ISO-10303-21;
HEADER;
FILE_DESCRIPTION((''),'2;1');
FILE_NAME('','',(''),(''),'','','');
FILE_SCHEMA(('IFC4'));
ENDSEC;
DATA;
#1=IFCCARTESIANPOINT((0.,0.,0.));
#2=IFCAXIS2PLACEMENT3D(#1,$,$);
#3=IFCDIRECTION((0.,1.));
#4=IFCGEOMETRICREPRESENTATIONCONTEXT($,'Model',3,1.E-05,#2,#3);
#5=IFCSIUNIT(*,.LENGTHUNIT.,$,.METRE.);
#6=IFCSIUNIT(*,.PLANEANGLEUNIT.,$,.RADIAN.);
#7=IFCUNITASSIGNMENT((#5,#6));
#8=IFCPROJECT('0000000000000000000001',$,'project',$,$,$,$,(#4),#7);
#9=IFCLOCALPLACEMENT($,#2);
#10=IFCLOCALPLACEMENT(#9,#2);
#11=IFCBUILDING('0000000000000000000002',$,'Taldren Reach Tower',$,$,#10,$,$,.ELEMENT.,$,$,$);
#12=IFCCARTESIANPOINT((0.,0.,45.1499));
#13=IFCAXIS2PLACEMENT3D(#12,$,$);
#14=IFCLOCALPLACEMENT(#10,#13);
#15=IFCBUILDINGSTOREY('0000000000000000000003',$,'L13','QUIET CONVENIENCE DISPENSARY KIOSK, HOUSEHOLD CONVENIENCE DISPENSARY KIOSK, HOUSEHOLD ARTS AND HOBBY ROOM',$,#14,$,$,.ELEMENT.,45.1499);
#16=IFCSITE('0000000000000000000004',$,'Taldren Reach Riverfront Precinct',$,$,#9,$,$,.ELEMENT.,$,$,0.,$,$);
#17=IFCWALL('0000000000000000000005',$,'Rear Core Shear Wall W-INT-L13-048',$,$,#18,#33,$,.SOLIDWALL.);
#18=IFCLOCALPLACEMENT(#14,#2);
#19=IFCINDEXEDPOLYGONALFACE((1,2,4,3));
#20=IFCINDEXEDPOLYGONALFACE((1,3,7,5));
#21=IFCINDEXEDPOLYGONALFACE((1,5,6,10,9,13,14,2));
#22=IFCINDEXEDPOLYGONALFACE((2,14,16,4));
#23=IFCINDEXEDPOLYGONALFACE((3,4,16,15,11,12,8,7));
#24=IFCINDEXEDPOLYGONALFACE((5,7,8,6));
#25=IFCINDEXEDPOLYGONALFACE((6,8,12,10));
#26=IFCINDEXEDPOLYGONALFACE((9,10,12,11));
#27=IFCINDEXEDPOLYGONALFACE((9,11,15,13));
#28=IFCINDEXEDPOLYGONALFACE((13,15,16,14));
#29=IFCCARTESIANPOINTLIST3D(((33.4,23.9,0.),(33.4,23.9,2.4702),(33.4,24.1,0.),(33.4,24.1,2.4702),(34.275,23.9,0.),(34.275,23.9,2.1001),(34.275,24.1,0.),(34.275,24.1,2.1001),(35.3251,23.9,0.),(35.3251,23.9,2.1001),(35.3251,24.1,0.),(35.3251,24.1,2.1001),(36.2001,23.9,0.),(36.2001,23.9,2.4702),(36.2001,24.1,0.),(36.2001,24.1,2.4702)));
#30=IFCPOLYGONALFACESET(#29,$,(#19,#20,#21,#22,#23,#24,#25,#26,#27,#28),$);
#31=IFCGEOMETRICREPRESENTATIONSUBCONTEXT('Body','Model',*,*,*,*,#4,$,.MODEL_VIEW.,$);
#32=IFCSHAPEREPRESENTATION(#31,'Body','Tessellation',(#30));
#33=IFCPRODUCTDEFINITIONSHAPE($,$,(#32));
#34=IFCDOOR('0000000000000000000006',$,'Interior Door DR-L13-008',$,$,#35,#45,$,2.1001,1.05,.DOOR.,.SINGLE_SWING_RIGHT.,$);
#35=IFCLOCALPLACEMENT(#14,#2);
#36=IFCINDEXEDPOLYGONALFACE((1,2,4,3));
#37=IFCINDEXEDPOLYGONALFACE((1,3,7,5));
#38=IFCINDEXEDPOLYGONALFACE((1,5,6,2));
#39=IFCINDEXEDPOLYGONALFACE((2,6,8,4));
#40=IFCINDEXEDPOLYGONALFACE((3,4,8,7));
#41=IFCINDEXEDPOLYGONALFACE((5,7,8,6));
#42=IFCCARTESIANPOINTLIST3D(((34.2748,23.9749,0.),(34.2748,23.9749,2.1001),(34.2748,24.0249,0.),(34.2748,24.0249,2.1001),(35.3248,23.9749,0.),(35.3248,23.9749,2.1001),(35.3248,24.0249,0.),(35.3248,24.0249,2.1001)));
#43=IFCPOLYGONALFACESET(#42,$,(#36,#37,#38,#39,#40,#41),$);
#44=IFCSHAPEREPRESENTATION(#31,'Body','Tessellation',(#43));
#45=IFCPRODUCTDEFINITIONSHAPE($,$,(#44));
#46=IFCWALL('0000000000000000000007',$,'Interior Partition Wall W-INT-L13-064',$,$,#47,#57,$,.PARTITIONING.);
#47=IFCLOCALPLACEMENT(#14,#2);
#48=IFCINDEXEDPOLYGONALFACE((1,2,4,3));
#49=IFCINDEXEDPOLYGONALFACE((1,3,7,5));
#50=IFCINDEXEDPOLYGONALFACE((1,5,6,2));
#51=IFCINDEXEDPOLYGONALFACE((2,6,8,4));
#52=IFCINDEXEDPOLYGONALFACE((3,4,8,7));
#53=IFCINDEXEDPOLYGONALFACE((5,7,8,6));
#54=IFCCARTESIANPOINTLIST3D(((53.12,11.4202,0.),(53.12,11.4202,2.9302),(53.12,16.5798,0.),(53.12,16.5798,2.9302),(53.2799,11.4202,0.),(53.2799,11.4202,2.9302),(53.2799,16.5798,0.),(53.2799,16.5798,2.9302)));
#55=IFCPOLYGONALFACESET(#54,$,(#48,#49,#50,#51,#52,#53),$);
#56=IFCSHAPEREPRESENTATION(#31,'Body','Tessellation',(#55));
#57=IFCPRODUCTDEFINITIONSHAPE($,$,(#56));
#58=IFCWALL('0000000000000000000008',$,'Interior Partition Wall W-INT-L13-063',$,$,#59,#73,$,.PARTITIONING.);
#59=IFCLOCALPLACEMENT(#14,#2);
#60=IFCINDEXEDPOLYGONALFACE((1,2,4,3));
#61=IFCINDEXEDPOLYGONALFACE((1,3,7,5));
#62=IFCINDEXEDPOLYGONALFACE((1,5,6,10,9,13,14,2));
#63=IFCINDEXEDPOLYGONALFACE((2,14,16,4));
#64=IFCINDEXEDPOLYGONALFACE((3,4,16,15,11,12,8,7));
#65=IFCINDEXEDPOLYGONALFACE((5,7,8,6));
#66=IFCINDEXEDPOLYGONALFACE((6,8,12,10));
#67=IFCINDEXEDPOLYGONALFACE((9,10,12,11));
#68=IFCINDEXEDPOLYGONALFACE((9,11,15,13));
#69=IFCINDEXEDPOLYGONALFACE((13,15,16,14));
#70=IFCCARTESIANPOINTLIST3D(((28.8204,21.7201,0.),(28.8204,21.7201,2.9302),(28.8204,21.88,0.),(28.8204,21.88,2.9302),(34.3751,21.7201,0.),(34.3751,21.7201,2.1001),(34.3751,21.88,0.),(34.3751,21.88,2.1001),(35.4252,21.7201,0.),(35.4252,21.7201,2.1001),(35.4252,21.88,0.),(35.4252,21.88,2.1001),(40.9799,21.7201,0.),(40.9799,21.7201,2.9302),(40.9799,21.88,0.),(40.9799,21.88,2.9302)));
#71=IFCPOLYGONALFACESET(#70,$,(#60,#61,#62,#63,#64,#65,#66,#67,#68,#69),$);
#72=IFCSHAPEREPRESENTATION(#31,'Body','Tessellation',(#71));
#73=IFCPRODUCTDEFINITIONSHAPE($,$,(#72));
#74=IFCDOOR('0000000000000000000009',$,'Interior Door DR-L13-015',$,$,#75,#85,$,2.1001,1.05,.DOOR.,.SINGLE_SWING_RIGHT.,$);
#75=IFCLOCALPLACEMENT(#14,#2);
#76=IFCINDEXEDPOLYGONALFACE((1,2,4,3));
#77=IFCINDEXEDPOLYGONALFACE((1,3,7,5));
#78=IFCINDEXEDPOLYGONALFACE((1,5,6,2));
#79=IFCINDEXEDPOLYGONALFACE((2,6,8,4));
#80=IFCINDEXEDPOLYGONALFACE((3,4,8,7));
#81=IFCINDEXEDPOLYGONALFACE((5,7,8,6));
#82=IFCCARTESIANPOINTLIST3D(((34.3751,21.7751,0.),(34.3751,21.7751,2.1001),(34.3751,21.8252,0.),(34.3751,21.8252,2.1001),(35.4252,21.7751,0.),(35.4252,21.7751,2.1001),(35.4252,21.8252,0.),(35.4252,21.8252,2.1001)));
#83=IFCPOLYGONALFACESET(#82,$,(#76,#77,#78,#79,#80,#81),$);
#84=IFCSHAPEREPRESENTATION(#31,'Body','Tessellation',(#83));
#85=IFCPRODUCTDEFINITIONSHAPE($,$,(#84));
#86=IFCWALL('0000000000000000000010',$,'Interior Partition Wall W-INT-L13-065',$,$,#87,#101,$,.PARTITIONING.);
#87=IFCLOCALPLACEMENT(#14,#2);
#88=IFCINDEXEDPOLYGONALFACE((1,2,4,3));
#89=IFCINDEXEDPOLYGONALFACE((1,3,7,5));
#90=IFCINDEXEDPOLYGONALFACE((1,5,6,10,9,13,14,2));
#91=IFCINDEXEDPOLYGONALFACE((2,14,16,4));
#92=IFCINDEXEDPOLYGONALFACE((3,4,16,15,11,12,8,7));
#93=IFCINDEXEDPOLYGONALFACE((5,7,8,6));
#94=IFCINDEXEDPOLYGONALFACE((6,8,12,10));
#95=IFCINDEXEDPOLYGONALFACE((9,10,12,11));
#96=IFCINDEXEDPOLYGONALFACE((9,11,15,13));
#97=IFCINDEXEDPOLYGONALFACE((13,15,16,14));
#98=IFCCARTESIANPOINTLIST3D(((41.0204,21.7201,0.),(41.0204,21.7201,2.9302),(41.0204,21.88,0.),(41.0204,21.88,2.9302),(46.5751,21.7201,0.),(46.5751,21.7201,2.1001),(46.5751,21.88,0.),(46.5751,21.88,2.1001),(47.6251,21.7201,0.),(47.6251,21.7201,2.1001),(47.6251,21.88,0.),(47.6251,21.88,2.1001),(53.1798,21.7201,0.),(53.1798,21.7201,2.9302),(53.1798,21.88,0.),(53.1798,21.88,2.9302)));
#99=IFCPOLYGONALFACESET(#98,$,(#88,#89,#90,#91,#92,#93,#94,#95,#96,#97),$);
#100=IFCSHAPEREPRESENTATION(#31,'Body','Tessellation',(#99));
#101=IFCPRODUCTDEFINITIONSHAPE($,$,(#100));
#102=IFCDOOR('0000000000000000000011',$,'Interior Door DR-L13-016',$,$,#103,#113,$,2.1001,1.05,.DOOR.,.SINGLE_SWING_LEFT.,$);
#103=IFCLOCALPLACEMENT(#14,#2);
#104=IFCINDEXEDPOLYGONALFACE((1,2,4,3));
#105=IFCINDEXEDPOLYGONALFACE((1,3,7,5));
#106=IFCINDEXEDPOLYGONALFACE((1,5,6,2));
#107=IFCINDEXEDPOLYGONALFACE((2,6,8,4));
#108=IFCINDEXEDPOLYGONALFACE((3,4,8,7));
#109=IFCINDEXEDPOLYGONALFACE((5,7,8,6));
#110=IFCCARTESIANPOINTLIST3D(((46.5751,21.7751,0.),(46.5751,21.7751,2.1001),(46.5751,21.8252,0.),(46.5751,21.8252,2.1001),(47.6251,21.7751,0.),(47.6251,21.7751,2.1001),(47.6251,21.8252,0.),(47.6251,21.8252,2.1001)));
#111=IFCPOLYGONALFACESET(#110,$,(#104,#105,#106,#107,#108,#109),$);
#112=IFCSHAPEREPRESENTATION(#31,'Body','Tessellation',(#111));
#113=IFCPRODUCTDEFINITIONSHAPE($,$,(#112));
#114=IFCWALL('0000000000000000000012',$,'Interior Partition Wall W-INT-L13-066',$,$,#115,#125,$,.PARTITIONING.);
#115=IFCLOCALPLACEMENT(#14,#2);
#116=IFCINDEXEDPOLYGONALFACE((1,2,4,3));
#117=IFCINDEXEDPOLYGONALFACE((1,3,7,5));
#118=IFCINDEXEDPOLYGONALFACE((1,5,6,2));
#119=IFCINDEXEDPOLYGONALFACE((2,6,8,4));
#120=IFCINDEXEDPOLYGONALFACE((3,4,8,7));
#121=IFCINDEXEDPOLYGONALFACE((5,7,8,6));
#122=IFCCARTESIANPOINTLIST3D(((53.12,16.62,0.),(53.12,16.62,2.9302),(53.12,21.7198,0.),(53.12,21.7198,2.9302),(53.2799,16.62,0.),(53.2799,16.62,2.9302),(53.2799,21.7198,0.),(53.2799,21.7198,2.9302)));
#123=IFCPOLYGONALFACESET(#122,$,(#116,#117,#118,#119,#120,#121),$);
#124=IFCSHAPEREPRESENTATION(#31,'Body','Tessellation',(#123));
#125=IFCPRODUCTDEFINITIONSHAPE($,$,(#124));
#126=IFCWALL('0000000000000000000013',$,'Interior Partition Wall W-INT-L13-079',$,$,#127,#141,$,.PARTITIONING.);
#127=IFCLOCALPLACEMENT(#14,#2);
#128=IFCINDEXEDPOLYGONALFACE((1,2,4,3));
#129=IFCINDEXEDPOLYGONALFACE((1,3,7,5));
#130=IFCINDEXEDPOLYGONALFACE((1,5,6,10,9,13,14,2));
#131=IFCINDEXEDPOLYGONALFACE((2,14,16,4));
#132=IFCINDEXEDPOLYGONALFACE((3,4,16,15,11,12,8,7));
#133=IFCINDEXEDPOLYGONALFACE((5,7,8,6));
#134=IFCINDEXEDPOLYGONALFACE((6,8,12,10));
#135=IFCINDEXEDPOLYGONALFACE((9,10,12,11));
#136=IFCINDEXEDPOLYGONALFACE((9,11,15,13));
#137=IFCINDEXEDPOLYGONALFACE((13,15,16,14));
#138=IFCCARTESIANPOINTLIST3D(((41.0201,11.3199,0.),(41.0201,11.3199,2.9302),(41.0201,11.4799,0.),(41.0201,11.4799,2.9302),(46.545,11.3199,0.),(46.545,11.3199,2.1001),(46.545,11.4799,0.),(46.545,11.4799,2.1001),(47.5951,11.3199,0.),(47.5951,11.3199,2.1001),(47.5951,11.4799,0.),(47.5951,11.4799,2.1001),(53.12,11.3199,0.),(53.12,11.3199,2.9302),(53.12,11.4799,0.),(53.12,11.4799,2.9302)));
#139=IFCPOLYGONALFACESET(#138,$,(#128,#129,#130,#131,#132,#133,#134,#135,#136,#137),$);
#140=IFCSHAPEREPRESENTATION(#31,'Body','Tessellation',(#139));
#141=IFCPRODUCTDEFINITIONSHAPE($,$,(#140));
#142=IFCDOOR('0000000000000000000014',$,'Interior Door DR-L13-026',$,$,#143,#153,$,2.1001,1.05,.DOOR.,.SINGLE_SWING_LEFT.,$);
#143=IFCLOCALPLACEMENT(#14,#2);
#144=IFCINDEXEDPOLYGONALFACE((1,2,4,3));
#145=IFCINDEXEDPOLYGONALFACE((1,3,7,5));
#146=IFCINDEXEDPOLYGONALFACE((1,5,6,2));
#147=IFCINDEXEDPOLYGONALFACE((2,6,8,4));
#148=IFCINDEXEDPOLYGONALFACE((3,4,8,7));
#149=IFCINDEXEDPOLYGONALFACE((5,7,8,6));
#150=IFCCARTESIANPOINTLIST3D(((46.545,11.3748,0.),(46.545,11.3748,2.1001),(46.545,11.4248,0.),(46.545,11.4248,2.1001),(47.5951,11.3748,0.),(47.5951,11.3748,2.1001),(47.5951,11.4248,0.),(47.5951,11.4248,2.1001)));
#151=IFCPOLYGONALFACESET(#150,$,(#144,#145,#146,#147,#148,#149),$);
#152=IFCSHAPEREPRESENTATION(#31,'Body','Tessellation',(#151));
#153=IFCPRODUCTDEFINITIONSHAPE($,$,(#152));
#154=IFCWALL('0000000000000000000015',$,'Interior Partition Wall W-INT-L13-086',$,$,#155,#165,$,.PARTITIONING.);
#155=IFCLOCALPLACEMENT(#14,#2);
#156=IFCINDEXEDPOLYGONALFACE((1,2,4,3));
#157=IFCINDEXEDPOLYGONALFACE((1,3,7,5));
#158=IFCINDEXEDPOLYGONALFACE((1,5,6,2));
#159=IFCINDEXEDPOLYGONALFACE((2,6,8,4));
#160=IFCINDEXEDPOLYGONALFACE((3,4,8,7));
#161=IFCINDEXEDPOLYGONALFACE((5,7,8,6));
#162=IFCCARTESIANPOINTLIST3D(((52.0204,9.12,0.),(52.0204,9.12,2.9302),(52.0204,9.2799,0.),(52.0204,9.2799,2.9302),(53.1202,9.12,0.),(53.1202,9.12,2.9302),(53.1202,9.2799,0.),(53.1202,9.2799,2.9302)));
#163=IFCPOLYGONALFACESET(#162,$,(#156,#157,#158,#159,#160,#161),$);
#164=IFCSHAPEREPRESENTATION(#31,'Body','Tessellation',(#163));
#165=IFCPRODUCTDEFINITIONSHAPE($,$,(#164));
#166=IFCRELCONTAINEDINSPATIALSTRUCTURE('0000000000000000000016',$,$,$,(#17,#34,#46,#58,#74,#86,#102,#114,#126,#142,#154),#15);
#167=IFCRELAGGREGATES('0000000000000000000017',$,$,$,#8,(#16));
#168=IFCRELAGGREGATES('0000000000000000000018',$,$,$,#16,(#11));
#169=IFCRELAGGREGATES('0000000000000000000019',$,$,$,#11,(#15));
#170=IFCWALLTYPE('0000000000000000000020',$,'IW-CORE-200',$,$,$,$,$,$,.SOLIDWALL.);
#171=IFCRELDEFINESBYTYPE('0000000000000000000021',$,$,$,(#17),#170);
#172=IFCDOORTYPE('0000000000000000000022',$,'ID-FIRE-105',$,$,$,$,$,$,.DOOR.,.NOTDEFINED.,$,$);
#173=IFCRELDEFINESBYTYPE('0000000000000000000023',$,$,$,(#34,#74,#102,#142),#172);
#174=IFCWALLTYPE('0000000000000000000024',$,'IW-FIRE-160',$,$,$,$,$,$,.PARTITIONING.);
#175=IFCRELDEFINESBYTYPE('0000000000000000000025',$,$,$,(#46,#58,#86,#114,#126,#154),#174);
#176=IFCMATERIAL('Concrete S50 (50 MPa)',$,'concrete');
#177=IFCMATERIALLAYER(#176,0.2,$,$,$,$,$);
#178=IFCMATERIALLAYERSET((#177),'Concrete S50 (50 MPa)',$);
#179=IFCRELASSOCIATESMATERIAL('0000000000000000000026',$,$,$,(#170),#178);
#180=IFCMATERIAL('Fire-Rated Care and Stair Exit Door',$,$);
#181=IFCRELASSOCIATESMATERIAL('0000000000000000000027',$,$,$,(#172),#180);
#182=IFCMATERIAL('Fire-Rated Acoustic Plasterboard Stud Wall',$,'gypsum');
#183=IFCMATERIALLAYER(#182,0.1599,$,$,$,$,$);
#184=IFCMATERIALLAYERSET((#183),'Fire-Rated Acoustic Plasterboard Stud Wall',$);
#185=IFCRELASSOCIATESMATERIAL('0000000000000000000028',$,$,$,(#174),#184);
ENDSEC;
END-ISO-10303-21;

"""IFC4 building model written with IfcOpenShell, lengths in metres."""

from ifc_helpers import new_model, si_unit, direction, frame, frame_2d, origin, place, context, subcontext, project, spatial, rectangle, extrude, source, transform, mapped, material, layer, layer_set, type_object, element, fill, save


model = new_model("IFC4")

# Units and contexts
model_context = context("Model", 3, precision=1e-05, world=origin(), true_north=direction((0.0, 1.0)))
body_context = subcontext(model_context, "Body", "Model", "MODEL_VIEW")
ifc_project = project(units=[si_unit("LENGTHUNIT", "METRE"), si_unit("PLANEANGLEUNIT", "RADIAN")], contexts=[model_context])

# Site, building, storey
site_placement = place(None, origin())
site = spatial("IfcSite", under=ifc_project, at=site_placement, Name="Taldren Reach Riverfront Precinct", CompositionType="ELEMENT", RefElevation=0.0)
building_placement = place(site_placement, origin())
building = spatial("IfcBuilding", under=site, at=building_placement, Name="Taldren Reach Tower", CompositionType="ELEMENT")
storey_placement = place(building_placement, frame((0.0, 0.0, 45.1499)))
storey = spatial("IfcBuildingStorey", under=building, at=storey_placement, Name="L13", Description="QUIET CONVENIENCE DISPENSARY KIOSK, HOUSEHOLD CONVENIENCE DISPENSARY KIOSK, HOUSEHOLD ARTS AND HOBBY ROOM", CompositionType="ELEMENT", Elevation=45.1499)

# Wall, opening, door
ifc_material_1 = material(Name="Concrete S50 (50 MPa)", Category="concrete")
ifc_layer_1 = layer(ifc_material_1, 0.2)
ifc_layer_set_1 = layer_set([ifc_layer_1], Name="Concrete S50 (50 MPa)")
wall_type_1 = type_object("IfcWallType", Name="IW-CORE-200", PredefinedType="SOLIDWALL", material=ifc_layer_set_1)
shared_shape_1 = source(origin(), body_context, "Body", "SweptSolid", [
    extrude(rectangle(XDim=2.8, YDim=0.2, at=frame_2d((1.3999, 0.0))), origin(), (0.0, 0.0, 1.0), 2.4702),
])
wall_1_placement = place(storey_placement, frame((36.2, 24.0, 0.0), z_axis=(0.0, 0.0, 1.0), x_axis=(-1.0, 0.0, 0.0)))
wall_1 = element("IfcWall", 1, at=wall_1_placement, inside=storey, type_object=wall_type_1, Name="Rear Core Shear Wall W-INT-L13-048", PredefinedType="SOLIDWALL", context=body_context, shape_type="MappedRepresentation", body=[
    mapped(shared_shape_1, transform((0.0, 0.0, 0.0), scale=1.0)),
])
shared_shape_2 = source(origin(), body_context, "Body", "SweptSolid", [
    extrude(rectangle(XDim=1.05, YDim=2.1001, at=frame_2d((0.5249, 1.05))), frame((0.0, 0.1099, 0.0), z_axis=(0.0, -1.0, 0.0), x_axis=(1.0, 0.0, 0.0)), (0.0, 0.0, 1.0), 0.22),
])
opening_1_placement = place(wall_1_placement, frame((0.875, 0.0, 0.0)))
opening_1 = element("IfcOpeningElement", 2, at=opening_1_placement, cuts=wall_1, PredefinedType="OPENING", context=body_context, shape_type="MappedRepresentation", body=[
    mapped(shared_shape_2, transform((0.0, 0.0, 0.0), scale=1.0)),
])
ifc_material_2 = material(Name="Fire-Rated Care and Stair Exit Door")
door_type_1 = type_object("IfcDoorType", Name="ID-FIRE-105", OperationType="NOTDEFINED", PredefinedType="DOOR", material=ifc_material_2)
shared_shape_3 = source(origin(), body_context, "Body", "SweptSolid", [
    extrude(rectangle(XDim=1.05, YDim=2.1001, at=frame_2d((0.5249, 1.05))), frame((0.0, 0.0249, 0.0), z_axis=(0.0, -1.0, 0.0), x_axis=(1.0, 0.0, 0.0)), (0.0, 0.0, 1.0), 0.05),
])
door_1_placement = place(opening_1_placement, frame((1.05, 0.0, 0.0), z_axis=(0.0, 0.0, 1.0), x_axis=(-1.0, 0.0, 0.0)))
door_1 = element("IfcDoor", 3, at=door_1_placement, inside=storey, type_object=door_type_1, Name="Interior Door DR-L13-008", OperationType="SINGLE_SWING_RIGHT", OverallHeight=2.1001, OverallWidth=1.05, PredefinedType="DOOR", context=body_context, shape_type="MappedRepresentation", body=[
    mapped(shared_shape_3, transform((0.0, 0.0, 0.0), scale=1.0)),
])
fill(opening_1, door_1)

# Wall
ifc_material_3 = material(Name="Fire-Rated Acoustic Plasterboard Stud Wall", Category="gypsum")
ifc_layer_2 = layer(ifc_material_3, 0.1599)
ifc_layer_set_2 = layer_set([ifc_layer_2], Name="Fire-Rated Acoustic Plasterboard Stud Wall")
wall_type_2 = type_object("IfcWallType", Name="IW-FIRE-160", PredefinedType="PARTITIONING", material=ifc_layer_set_2)
shared_shape_4 = source(origin(), body_context, "Body", "SweptSolid", [
    extrude(rectangle(XDim=5.1597, YDim=0.1599, at=frame_2d((2.5798, 0.0))), origin(), (0.0, 0.0, 1.0), 2.9302),
])
wall_2_placement = place(storey_placement, frame((53.2, 11.4202, 0.0), z_axis=(0.0, 0.0, 1.0), x_axis=(0.0, 1.0, 0.0)))
element("IfcWall", 4, at=wall_2_placement, inside=storey, type_object=wall_type_2, Name="Interior Partition Wall W-INT-L13-064", PredefinedType="PARTITIONING", context=body_context, shape_type="MappedRepresentation", body=[
    mapped(shared_shape_4, transform((0.0, 0.0, 0.0), scale=1.0)),
])

# Walls, openings, doors
shared_shape_5 = source(origin(), body_context, "Body", "SweptSolid", [
    extrude(rectangle(XDim=12.1594, YDim=0.1599, at=frame_2d((6.0796, 0.0))), origin(), (0.0, 0.0, 1.0), 2.9302),
])
wall_3_placement = place(storey_placement, frame((40.9797, 21.8, 0.0), z_axis=(0.0, 0.0, 1.0), x_axis=(-1.0, 0.0, 0.0)))
wall_3 = element("IfcWall", 5, at=wall_3_placement, inside=storey, type_object=wall_type_2, Name="Interior Partition Wall W-INT-L13-063", PredefinedType="PARTITIONING", context=body_context, shape_type="MappedRepresentation", body=[
    mapped(shared_shape_5, transform((0.0, 0.0, 0.0), scale=1.0)),
])
shared_shape_6 = source(origin(), body_context, "Body", "SweptSolid", [
    extrude(rectangle(XDim=1.05, YDim=2.1001, at=frame_2d((0.5249, 1.05))), frame((0.0, 0.0898, 0.0), z_axis=(0.0, -1.0, 0.0), x_axis=(1.0, 0.0, 0.0)), (0.0, 0.0, 1.0), 0.1799),
])
opening_2_placement = place(wall_3_placement, frame((5.5547, 0.0, 0.0)))
opening_2 = element("IfcOpeningElement", 6, at=opening_2_placement, cuts=wall_3, PredefinedType="OPENING", context=body_context, shape_type="MappedRepresentation", body=[
    mapped(shared_shape_6, transform((0.0, 0.0, 0.0), scale=1.0)),
])
door_2_placement = place(opening_2_placement, origin())
door_2 = element("IfcDoor", 7, at=door_2_placement, inside=storey, type_object=door_type_1, Name="Interior Door DR-L13-015", OperationType="SINGLE_SWING_RIGHT", OverallHeight=2.1001, OverallWidth=1.05, PredefinedType="DOOR", context=body_context, shape_type="MappedRepresentation", body=[
    mapped(shared_shape_3, transform((0.0, 0.0, 0.0), scale=1.0)),
])
fill(opening_2, door_2)
wall_4_placement = place(storey_placement, frame((53.1797, 21.8, 0.0), z_axis=(0.0, 0.0, 1.0), x_axis=(-1.0, 0.0, 0.0)))
wall_4 = element("IfcWall", 8, at=wall_4_placement, inside=storey, type_object=wall_type_2, Name="Interior Partition Wall W-INT-L13-065", PredefinedType="PARTITIONING", context=body_context, shape_type="MappedRepresentation", body=[
    mapped(shared_shape_5, transform((0.0, 0.0, 0.0), scale=1.0)),
])
opening_3_placement = place(wall_4_placement, frame((5.5547, 0.0, 0.0)))
opening_3 = element("IfcOpeningElement", 9, at=opening_3_placement, cuts=wall_4, PredefinedType="OPENING", context=body_context, shape_type="MappedRepresentation", body=[
    mapped(shared_shape_6, transform((0.0, 0.0, 0.0), scale=1.0)),
])
door_3_placement = place(opening_3_placement, origin())
door_3 = element("IfcDoor", 10, at=door_3_placement, inside=storey, type_object=door_type_1, Name="Interior Door DR-L13-016", OperationType="SINGLE_SWING_LEFT", OverallHeight=2.1001, OverallWidth=1.05, PredefinedType="DOOR", context=body_context, shape_type="MappedRepresentation", body=[
    mapped(shared_shape_3, transform((0.0, 0.0, 0.0), scale=1.0)),
])
fill(opening_3, door_3)

# Wall
shared_shape_7 = source(origin(), body_context, "Body", "SweptSolid", [
    extrude(rectangle(XDim=5.0999, YDim=0.1599, at=frame_2d((2.5498, 0.0))), origin(), (0.0, 0.0, 1.0), 2.9302),
])
wall_5_placement = place(storey_placement, frame((53.2, 16.6201, 0.0), z_axis=(0.0, 0.0, 1.0), x_axis=(0.0, 1.0, 0.0)))
element("IfcWall", 11, at=wall_5_placement, inside=storey, type_object=wall_type_2, Name="Interior Partition Wall W-INT-L13-066", PredefinedType="PARTITIONING", context=body_context, shape_type="MappedRepresentation", body=[
    mapped(shared_shape_7, transform((0.0, 0.0, 0.0), scale=1.0)),
])

# Wall, opening, door
shared_shape_8 = source(origin(), body_context, "Body", "SweptSolid", [
    extrude(rectangle(XDim=12.0999, YDim=0.1599, at=frame_2d((6.0498, 0.0))), origin(), (0.0, 0.0, 1.0), 2.9302),
])
wall_6_placement = place(storey_placement, frame((41.0203, 11.3999, 0.0), z_axis=(0.0, 0.0, 1.0), x_axis=(1.0, 0.0, 0.0)))
wall_6 = element("IfcWall", 12, at=wall_6_placement, inside=storey, type_object=wall_type_2, Name="Interior Partition Wall W-INT-L13-079", PredefinedType="PARTITIONING", context=body_context, shape_type="MappedRepresentation", body=[
    mapped(shared_shape_8, transform((0.0, 0.0, 0.0), scale=1.0)),
])
opening_4_placement = place(wall_6_placement, frame((5.5249, 0.0, 0.0)))
opening_4 = element("IfcOpeningElement", 13, at=opening_4_placement, cuts=wall_6, PredefinedType="OPENING", context=body_context, shape_type="MappedRepresentation", body=[
    mapped(shared_shape_6, transform((0.0, 0.0, 0.0), scale=1.0)),
])
door_4_placement = place(opening_4_placement, origin())
door_4 = element("IfcDoor", 14, at=door_4_placement, inside=storey, type_object=door_type_1, Name="Interior Door DR-L13-026", OperationType="SINGLE_SWING_LEFT", OverallHeight=2.1001, OverallWidth=1.05, PredefinedType="DOOR", context=body_context, shape_type="MappedRepresentation", body=[
    mapped(shared_shape_3, transform((0.0, 0.0, 0.0), scale=1.0)),
])
fill(opening_4, door_4)

# Wall
shared_shape_9 = source(origin(), body_context, "Body", "SweptSolid", [
    extrude(rectangle(XDim=1.0999, YDim=0.1599, at=frame_2d((0.5498, 0.0))), origin(), (0.0, 0.0, 1.0), 2.9302),
])
wall_7_placement = place(storey_placement, frame((53.1201, 9.2, 0.0), z_axis=(0.0, 0.0, 1.0), x_axis=(-1.0, 0.0, 0.0)))
element("IfcWall", 15, at=wall_7_placement, inside=storey, type_object=wall_type_2, Name="Interior Partition Wall W-INT-L13-086", PredefinedType="PARTITIONING", context=body_context, shape_type="MappedRepresentation", body=[
    mapped(shared_shape_9, transform((0.0, 0.0, 0.0), scale=1.0)),
])

save(model, "model.ifc")
